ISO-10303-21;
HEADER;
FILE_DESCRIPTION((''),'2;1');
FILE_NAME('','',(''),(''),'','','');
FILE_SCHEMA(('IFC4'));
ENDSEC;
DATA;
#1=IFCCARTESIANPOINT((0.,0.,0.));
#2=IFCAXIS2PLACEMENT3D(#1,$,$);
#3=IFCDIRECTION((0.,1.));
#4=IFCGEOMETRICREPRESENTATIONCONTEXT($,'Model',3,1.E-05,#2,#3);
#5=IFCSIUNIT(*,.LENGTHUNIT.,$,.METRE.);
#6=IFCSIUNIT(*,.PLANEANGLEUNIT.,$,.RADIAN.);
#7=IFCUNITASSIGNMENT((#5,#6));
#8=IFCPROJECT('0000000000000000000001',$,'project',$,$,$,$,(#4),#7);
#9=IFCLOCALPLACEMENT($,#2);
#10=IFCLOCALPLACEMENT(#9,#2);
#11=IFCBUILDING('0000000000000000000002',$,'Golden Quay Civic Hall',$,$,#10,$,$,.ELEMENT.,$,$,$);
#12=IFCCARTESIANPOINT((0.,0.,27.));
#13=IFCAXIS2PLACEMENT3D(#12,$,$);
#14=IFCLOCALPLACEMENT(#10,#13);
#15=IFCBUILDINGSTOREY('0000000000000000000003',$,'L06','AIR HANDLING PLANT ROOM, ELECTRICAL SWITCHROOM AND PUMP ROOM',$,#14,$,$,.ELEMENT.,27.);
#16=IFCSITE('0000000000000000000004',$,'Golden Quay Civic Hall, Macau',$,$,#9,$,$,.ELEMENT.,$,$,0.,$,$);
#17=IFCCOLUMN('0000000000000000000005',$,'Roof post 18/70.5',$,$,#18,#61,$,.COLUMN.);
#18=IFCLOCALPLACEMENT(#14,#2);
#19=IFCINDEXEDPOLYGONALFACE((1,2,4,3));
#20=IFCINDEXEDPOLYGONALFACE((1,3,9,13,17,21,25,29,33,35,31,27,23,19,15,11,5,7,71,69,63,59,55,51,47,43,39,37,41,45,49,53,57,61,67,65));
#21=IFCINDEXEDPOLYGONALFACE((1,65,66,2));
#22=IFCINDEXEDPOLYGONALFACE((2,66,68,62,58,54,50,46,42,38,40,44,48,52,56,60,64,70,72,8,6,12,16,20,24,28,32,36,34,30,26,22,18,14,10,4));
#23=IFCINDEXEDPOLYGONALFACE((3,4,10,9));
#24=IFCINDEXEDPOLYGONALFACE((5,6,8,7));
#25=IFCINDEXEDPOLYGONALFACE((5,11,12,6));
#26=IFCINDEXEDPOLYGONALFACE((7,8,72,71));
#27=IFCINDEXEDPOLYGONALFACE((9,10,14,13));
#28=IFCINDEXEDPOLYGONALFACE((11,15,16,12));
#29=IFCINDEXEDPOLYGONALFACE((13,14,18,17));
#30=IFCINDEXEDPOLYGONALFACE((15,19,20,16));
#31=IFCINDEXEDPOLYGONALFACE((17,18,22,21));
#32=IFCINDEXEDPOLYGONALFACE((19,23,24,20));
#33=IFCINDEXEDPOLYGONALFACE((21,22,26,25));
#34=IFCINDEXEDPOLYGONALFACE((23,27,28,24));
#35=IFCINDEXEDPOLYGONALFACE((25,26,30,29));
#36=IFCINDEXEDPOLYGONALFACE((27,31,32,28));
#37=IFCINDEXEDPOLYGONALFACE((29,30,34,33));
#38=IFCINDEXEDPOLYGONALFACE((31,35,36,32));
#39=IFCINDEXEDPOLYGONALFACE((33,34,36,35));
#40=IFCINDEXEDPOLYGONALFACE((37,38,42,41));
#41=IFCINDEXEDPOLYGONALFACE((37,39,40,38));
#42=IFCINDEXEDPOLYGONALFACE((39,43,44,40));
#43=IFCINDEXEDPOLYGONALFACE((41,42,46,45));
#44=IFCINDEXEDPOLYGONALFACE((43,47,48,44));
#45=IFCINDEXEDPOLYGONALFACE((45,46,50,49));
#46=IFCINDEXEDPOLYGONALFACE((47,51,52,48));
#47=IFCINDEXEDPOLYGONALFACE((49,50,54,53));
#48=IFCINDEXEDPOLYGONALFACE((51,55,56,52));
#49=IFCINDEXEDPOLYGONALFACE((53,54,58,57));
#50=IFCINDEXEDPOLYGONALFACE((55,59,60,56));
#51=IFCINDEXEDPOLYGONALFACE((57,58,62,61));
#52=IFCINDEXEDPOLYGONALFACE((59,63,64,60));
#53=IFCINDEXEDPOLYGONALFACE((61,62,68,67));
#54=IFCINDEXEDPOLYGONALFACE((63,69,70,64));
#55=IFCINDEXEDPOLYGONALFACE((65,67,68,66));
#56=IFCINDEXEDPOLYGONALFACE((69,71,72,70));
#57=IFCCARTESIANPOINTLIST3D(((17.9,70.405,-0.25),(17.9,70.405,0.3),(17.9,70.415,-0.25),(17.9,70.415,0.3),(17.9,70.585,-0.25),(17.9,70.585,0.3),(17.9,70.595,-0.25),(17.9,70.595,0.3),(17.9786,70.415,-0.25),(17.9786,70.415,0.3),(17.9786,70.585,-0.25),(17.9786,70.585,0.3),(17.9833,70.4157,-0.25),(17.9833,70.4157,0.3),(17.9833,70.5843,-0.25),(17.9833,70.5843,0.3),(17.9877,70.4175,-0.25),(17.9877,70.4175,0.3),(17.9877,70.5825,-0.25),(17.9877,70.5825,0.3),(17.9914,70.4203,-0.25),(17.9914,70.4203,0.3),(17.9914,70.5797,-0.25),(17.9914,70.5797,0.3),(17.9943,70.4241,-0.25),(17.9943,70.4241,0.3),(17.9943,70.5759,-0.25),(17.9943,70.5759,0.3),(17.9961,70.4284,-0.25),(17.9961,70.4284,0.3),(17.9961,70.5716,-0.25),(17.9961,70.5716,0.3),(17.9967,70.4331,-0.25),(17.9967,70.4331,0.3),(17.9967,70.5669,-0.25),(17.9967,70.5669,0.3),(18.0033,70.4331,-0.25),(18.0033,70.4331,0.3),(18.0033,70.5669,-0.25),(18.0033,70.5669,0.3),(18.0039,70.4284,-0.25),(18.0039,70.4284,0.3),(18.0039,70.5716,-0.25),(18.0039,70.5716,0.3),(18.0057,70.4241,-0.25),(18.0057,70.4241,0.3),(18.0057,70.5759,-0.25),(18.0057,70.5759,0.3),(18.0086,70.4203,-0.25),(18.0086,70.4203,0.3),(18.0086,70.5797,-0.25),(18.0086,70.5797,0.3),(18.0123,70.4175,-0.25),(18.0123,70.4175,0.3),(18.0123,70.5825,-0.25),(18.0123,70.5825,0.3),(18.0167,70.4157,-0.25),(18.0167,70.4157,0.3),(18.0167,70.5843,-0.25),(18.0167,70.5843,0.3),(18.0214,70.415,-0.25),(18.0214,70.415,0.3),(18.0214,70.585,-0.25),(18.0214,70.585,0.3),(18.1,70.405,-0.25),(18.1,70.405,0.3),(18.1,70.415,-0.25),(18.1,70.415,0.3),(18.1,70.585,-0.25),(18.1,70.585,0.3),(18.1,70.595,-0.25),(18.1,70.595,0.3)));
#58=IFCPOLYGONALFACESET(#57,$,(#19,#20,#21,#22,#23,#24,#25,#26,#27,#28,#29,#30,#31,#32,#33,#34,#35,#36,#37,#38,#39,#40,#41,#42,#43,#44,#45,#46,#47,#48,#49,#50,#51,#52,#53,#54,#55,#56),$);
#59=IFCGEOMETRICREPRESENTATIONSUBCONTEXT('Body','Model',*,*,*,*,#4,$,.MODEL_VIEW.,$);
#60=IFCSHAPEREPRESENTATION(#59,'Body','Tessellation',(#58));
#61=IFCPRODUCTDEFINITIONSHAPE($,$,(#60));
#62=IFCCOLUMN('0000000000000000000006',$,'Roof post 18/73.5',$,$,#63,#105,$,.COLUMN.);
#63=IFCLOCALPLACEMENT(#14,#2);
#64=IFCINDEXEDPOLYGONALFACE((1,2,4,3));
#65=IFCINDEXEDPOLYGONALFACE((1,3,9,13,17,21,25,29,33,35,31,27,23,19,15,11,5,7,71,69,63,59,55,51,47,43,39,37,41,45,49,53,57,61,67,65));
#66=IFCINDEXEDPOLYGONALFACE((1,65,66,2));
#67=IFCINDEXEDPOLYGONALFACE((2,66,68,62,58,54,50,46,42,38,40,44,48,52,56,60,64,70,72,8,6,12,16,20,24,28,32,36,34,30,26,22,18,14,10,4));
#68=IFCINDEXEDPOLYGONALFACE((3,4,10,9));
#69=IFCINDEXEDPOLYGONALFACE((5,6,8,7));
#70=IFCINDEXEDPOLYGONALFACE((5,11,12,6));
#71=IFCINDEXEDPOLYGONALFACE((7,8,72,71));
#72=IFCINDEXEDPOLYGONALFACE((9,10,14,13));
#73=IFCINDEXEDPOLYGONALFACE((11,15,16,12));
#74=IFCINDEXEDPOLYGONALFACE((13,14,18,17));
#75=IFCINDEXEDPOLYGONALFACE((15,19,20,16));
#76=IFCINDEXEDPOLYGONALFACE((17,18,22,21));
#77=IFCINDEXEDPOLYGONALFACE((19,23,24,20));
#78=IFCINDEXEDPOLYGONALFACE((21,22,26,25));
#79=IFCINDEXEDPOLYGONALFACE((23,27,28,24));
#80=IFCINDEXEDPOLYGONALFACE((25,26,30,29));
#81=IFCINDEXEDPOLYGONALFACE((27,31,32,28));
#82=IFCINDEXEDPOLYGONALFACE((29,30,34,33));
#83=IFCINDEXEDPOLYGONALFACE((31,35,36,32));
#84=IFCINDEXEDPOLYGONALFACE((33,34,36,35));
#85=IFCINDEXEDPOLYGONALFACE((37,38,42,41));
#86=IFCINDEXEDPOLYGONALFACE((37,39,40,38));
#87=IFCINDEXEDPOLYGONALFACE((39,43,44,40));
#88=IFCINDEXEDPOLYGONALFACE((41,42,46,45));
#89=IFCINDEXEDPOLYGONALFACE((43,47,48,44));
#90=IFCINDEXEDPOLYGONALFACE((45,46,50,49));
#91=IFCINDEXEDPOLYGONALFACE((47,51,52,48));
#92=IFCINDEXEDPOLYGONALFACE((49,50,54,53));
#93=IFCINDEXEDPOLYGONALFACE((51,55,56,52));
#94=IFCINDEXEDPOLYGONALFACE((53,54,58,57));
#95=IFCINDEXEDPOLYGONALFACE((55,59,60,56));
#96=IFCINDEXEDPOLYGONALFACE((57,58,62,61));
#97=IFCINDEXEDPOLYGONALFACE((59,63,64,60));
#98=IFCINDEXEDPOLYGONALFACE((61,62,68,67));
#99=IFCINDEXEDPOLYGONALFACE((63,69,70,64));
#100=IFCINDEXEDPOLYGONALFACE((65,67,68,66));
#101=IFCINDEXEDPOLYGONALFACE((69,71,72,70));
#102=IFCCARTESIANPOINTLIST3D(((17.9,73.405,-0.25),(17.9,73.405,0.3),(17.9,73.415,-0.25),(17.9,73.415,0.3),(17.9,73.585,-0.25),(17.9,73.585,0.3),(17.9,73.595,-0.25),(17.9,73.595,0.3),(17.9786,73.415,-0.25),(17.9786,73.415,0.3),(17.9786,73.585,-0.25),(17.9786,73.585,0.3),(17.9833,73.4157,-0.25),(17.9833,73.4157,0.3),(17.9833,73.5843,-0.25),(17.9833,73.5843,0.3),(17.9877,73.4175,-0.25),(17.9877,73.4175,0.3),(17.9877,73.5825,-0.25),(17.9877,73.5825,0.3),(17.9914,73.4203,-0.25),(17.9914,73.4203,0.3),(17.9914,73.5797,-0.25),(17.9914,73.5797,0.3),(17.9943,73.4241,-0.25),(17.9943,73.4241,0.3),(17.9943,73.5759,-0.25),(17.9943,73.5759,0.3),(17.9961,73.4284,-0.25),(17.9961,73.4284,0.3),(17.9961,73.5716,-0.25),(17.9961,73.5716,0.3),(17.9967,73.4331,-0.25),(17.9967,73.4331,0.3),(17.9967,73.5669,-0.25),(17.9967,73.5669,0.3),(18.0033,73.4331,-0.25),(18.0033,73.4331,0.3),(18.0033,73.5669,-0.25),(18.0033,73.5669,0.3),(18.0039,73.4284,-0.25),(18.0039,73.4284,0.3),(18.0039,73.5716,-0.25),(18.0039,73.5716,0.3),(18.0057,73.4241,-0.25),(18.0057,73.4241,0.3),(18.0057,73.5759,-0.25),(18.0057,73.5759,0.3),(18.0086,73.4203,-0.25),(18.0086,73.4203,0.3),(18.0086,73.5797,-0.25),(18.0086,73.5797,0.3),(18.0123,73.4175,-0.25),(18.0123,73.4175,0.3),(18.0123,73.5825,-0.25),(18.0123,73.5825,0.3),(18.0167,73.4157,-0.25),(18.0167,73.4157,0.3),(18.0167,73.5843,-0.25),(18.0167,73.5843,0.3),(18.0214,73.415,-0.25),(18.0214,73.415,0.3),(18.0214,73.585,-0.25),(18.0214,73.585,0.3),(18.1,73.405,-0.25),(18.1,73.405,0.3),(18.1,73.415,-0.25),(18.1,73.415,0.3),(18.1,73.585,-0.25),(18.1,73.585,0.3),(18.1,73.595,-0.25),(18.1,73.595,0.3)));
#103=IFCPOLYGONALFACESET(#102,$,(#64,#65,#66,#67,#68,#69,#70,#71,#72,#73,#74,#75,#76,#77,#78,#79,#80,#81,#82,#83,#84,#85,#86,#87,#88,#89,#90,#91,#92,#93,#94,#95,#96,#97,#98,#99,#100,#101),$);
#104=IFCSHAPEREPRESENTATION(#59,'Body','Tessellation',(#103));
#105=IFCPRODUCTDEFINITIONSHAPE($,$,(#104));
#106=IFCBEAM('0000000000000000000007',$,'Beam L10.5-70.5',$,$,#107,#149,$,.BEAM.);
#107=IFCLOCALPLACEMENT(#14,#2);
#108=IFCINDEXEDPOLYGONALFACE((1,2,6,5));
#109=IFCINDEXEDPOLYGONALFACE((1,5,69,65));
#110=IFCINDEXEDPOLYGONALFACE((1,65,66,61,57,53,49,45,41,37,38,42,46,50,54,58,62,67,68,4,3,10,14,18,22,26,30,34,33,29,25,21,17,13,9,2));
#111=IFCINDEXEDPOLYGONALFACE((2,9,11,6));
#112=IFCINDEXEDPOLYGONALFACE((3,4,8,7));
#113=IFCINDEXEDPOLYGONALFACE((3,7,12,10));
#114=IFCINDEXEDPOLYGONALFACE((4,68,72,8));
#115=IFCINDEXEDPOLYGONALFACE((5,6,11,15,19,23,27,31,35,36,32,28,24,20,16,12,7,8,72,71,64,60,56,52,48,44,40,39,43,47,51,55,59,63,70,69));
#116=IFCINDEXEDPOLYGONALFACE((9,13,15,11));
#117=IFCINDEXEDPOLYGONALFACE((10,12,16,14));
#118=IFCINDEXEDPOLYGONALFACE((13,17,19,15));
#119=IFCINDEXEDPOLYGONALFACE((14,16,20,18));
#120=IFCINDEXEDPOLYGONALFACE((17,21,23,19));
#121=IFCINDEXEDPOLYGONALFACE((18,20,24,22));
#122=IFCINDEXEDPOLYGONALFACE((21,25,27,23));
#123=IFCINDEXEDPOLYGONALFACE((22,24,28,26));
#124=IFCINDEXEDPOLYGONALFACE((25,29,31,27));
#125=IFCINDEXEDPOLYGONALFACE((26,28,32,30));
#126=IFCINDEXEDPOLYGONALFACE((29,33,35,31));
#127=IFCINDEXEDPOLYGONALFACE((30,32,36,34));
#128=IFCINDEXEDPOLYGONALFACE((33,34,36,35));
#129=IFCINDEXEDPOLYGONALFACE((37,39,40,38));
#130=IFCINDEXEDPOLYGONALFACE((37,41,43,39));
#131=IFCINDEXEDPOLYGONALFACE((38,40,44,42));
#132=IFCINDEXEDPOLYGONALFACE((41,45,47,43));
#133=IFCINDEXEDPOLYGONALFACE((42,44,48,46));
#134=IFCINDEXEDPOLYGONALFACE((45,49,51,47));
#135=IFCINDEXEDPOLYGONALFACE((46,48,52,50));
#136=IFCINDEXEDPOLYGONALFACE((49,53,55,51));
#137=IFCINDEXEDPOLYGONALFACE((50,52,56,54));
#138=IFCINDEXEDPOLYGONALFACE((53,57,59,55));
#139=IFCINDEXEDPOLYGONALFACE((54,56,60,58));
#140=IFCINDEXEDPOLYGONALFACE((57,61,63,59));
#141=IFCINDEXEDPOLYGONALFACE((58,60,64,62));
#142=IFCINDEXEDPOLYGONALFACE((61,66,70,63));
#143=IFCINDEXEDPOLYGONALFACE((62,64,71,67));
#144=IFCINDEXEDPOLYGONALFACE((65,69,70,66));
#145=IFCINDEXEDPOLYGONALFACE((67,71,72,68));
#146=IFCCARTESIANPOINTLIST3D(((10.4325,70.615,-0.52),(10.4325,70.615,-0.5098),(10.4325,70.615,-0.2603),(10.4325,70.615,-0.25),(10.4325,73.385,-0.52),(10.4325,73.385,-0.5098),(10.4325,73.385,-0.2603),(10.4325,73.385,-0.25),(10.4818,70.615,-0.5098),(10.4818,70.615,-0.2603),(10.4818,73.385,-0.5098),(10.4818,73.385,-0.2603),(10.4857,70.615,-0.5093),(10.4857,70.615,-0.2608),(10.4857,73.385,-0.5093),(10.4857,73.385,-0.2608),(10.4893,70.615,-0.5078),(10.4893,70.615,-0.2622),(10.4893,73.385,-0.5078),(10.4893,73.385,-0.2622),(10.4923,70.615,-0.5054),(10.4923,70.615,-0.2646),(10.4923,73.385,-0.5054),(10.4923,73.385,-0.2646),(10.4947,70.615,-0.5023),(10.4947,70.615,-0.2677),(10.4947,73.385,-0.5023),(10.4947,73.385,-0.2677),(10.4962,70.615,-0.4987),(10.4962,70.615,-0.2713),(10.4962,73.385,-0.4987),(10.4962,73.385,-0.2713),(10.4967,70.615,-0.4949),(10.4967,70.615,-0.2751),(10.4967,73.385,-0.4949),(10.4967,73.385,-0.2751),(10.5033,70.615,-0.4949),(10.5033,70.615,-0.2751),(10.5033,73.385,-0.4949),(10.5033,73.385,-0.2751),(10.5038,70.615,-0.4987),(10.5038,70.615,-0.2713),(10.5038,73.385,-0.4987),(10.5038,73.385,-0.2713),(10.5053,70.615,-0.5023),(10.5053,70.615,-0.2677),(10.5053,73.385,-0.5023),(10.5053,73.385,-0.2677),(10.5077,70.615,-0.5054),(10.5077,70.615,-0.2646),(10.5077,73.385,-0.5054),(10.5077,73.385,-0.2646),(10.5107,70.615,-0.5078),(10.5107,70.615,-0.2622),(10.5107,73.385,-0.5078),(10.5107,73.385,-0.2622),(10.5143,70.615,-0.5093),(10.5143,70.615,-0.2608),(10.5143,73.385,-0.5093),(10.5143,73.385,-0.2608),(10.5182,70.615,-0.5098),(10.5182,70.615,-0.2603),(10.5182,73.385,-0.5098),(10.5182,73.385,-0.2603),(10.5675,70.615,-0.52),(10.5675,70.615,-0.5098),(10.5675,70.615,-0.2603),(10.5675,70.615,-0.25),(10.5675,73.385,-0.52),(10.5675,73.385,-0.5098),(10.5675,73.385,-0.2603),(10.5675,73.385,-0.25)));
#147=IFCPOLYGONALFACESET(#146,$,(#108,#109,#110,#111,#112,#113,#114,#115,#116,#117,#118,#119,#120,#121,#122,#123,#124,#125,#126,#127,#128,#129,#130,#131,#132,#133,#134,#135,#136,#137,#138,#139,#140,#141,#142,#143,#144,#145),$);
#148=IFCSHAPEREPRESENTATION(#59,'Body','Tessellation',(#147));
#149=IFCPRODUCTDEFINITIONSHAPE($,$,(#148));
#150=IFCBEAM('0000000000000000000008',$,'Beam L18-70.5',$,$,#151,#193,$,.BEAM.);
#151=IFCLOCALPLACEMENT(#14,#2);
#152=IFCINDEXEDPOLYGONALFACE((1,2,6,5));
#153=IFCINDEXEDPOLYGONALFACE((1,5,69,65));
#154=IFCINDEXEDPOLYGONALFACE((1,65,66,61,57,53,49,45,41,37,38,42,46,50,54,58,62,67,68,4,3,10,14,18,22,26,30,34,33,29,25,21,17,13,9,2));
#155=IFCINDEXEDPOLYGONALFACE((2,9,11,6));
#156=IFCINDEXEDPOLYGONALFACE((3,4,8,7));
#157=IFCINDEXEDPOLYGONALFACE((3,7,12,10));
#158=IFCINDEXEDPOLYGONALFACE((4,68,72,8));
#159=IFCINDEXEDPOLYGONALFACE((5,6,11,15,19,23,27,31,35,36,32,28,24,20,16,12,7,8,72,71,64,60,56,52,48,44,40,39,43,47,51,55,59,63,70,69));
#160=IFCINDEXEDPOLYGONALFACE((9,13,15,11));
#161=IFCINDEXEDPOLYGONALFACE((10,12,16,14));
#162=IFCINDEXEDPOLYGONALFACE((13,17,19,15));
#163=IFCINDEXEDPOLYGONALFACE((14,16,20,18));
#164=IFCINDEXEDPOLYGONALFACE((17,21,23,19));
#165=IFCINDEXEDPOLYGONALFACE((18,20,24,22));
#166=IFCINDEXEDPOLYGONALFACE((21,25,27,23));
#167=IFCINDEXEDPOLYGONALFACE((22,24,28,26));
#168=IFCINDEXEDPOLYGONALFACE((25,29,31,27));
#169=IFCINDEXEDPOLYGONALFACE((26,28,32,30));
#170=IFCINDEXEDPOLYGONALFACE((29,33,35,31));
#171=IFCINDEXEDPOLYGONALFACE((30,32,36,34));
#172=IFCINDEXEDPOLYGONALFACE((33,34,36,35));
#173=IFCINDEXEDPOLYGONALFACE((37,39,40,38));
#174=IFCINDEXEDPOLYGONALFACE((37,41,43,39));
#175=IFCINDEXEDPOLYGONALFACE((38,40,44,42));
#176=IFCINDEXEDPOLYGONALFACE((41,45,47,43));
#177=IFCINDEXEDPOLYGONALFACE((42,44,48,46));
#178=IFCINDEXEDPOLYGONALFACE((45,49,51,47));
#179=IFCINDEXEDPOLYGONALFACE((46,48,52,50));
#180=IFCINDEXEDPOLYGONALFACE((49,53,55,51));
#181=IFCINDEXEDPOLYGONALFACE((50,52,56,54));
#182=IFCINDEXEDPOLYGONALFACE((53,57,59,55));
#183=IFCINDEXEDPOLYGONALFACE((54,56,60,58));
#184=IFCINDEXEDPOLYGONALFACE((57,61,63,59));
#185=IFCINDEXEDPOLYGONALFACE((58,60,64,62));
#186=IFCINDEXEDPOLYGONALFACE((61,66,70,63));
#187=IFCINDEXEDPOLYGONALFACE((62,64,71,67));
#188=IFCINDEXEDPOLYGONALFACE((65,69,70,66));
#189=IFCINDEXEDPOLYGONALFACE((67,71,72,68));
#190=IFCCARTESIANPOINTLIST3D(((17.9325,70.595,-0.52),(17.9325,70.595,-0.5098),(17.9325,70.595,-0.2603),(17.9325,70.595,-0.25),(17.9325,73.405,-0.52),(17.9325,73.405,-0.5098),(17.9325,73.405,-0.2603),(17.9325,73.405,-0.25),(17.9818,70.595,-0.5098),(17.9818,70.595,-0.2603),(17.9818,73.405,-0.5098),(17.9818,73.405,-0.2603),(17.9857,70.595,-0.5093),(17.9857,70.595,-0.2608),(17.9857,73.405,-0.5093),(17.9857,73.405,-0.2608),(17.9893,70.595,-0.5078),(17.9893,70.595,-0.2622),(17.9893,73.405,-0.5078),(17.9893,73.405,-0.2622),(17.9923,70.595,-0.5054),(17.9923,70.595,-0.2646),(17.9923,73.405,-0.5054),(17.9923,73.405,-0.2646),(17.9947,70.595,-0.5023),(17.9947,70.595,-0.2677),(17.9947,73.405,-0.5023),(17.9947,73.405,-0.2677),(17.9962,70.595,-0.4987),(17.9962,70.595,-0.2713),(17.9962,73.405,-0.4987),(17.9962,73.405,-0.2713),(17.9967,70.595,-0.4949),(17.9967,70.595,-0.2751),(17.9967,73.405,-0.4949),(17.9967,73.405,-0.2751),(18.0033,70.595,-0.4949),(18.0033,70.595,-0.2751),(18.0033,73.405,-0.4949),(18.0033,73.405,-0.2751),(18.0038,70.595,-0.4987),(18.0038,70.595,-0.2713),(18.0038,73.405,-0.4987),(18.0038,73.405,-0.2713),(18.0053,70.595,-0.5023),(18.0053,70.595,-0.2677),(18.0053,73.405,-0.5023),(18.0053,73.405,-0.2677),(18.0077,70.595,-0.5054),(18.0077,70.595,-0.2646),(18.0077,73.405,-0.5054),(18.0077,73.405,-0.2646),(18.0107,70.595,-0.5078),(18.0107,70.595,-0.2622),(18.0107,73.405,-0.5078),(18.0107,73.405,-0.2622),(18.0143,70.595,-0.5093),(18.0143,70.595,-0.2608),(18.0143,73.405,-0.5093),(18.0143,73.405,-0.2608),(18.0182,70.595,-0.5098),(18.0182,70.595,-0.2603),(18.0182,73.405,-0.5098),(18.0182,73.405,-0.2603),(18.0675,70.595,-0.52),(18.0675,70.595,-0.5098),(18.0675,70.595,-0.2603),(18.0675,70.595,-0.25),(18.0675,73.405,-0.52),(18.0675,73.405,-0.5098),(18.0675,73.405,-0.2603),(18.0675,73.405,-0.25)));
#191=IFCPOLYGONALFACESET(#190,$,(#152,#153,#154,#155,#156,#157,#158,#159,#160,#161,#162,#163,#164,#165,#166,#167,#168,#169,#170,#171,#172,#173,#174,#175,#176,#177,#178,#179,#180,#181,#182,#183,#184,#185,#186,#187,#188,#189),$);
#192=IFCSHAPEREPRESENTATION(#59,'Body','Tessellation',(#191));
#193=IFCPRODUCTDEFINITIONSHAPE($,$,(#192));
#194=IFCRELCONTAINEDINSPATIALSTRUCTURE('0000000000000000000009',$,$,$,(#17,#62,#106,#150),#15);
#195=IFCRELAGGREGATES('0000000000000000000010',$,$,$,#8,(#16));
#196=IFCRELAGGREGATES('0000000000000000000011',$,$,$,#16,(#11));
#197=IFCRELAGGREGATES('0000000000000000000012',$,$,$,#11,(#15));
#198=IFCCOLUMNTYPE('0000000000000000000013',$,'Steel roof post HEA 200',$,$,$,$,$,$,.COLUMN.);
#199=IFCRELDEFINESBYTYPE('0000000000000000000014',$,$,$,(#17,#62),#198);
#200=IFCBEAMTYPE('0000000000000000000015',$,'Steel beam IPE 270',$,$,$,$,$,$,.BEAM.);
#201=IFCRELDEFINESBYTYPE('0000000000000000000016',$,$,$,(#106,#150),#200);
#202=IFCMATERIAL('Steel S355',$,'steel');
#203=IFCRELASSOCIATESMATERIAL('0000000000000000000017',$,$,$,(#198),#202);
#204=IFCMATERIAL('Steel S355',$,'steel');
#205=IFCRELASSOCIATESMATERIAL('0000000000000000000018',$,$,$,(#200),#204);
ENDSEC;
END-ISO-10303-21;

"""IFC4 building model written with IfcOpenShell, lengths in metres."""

from ifc_helpers import new_model, si_unit, direction, frame, origin, origin_2d, place, context, subcontext, project, spatial, i_section, extrude, material, material_profile, profile_set, type_object, element, save


model = new_model("IFC4")

# Units and contexts
model_context = context("Model", 3, precision=1e-05, world=origin(), true_north=direction((0.0, 1.0)))
body_context = subcontext(model_context, "Body", "Model", "MODEL_VIEW")
ifc_project = project(units=[si_unit("LENGTHUNIT", "METRE"), si_unit("PLANEANGLEUNIT", "RADIAN")], contexts=[model_context])

# Site, building, storey
site_placement = place(None, origin())
site = spatial("IfcSite", under=ifc_project, at=site_placement, Name="Golden Quay Civic Hall, Macau", CompositionType="ELEMENT", RefElevation=0.0)
building_placement = place(site_placement, origin())
building = spatial("IfcBuilding", under=site, at=building_placement, Name="Golden Quay Civic Hall", CompositionType="ELEMENT")
storey_placement = place(building_placement, frame((0.0, 0.0, 27.0)))
storey = spatial("IfcBuildingStorey", under=building, at=storey_placement, Name="L06", Description="AIR HANDLING PLANT ROOM, ELECTRICAL SWITCHROOM AND PUMP ROOM", CompositionType="ELEMENT", Elevation=27.0)

# Columns
ifc_material_1 = material(Name="Steel S355", Category="steel")
ifc_material_profile_1 = material_profile(ifc_material_1, i_section(OverallWidth=0.2, OverallDepth=0.1899, WebThickness=0.0066, FlangeThickness=0.01, FilletRadius=0.0181, at=origin_2d()), Name="HEA 200")
ifc_profile_set_1 = profile_set([ifc_material_profile_1], Name="Steel S355")
column_type = type_object("IfcColumnType", Name="Steel roof post HEA 200", PredefinedType="COLUMN", material=ifc_profile_set_1)
for number, where, z_axis, x_axis, name in (
    (1, (18.0, 70.5, -0.25), (0.0, 0.0, 1.0), (1.0, 0.0, 0.0), "Roof post 18/70.5"),
    (2, (18.0, 73.5, -0.25), (0.0, 0.0, 1.0), (1.0, 0.0, 0.0), "Roof post 18/73.5"),
):
    element("IfcColumn", number, at=place(storey_placement, frame(where, z_axis=z_axis, x_axis=x_axis)), inside=storey, type_object=column_type, Name=name, PredefinedType="COLUMN", context=body_context, shape_type="SweptSolid", body=[
        extrude(i_section(OverallWidth=0.2, OverallDepth=0.1899, WebThickness=0.0066, FlangeThickness=0.01, FilletRadius=0.0181, at=origin_2d()), origin(), (0.0, 0.0, 1.0), 0.55),
    ])

# Beams
ifc_material_2 = material(Name="Steel S355", Category="steel")
ifc_material_profile_2 = material_profile(ifc_material_2, i_section(OverallWidth=0.135, OverallDepth=0.27, WebThickness=0.0066, FlangeThickness=0.0103, FilletRadius=0.0149, at=origin_2d()), Name="IPE 270")
ifc_profile_set_2 = profile_set([ifc_material_profile_2], Name="Steel S355")
beam_type_1 = type_object("IfcBeamType", Name="Steel beam IPE 270", PredefinedType="BEAM", material=ifc_profile_set_2)
beam_1_placement = place(storey_placement, frame((10.5, 70.615, -0.385), z_axis=(0.0, 1.0, 0.0), x_axis=(-1.0, 0.0, 0.0)))
element("IfcBeam", 3, at=beam_1_placement, inside=storey, type_object=beam_type_1, Name="Beam L10.5-70.5", PredefinedType="BEAM", context=body_context, shape_type="SweptSolid", body=[
    extrude(i_section(OverallWidth=0.135, OverallDepth=0.27, WebThickness=0.0066, FlangeThickness=0.0103, FilletRadius=0.0149, at=origin_2d()), origin(), (0.0, 0.0, 1.0), 2.77),
])
beam_2_placement = place(storey_placement, frame((18.0, 70.595, -0.385), z_axis=(0.0, 1.0, 0.0), x_axis=(-1.0, 0.0, 0.0)))
element("IfcBeam", 4, at=beam_2_placement, inside=storey, type_object=beam_type_1, Name="Beam L18-70.5", PredefinedType="BEAM", context=body_context, shape_type="SweptSolid", body=[
    extrude(i_section(OverallWidth=0.135, OverallDepth=0.27, WebThickness=0.0066, FlangeThickness=0.0103, FilletRadius=0.0149, at=origin_2d()), origin(), (0.0, 0.0, 1.0), 2.8101),
])

save(model, "model.ifc")
